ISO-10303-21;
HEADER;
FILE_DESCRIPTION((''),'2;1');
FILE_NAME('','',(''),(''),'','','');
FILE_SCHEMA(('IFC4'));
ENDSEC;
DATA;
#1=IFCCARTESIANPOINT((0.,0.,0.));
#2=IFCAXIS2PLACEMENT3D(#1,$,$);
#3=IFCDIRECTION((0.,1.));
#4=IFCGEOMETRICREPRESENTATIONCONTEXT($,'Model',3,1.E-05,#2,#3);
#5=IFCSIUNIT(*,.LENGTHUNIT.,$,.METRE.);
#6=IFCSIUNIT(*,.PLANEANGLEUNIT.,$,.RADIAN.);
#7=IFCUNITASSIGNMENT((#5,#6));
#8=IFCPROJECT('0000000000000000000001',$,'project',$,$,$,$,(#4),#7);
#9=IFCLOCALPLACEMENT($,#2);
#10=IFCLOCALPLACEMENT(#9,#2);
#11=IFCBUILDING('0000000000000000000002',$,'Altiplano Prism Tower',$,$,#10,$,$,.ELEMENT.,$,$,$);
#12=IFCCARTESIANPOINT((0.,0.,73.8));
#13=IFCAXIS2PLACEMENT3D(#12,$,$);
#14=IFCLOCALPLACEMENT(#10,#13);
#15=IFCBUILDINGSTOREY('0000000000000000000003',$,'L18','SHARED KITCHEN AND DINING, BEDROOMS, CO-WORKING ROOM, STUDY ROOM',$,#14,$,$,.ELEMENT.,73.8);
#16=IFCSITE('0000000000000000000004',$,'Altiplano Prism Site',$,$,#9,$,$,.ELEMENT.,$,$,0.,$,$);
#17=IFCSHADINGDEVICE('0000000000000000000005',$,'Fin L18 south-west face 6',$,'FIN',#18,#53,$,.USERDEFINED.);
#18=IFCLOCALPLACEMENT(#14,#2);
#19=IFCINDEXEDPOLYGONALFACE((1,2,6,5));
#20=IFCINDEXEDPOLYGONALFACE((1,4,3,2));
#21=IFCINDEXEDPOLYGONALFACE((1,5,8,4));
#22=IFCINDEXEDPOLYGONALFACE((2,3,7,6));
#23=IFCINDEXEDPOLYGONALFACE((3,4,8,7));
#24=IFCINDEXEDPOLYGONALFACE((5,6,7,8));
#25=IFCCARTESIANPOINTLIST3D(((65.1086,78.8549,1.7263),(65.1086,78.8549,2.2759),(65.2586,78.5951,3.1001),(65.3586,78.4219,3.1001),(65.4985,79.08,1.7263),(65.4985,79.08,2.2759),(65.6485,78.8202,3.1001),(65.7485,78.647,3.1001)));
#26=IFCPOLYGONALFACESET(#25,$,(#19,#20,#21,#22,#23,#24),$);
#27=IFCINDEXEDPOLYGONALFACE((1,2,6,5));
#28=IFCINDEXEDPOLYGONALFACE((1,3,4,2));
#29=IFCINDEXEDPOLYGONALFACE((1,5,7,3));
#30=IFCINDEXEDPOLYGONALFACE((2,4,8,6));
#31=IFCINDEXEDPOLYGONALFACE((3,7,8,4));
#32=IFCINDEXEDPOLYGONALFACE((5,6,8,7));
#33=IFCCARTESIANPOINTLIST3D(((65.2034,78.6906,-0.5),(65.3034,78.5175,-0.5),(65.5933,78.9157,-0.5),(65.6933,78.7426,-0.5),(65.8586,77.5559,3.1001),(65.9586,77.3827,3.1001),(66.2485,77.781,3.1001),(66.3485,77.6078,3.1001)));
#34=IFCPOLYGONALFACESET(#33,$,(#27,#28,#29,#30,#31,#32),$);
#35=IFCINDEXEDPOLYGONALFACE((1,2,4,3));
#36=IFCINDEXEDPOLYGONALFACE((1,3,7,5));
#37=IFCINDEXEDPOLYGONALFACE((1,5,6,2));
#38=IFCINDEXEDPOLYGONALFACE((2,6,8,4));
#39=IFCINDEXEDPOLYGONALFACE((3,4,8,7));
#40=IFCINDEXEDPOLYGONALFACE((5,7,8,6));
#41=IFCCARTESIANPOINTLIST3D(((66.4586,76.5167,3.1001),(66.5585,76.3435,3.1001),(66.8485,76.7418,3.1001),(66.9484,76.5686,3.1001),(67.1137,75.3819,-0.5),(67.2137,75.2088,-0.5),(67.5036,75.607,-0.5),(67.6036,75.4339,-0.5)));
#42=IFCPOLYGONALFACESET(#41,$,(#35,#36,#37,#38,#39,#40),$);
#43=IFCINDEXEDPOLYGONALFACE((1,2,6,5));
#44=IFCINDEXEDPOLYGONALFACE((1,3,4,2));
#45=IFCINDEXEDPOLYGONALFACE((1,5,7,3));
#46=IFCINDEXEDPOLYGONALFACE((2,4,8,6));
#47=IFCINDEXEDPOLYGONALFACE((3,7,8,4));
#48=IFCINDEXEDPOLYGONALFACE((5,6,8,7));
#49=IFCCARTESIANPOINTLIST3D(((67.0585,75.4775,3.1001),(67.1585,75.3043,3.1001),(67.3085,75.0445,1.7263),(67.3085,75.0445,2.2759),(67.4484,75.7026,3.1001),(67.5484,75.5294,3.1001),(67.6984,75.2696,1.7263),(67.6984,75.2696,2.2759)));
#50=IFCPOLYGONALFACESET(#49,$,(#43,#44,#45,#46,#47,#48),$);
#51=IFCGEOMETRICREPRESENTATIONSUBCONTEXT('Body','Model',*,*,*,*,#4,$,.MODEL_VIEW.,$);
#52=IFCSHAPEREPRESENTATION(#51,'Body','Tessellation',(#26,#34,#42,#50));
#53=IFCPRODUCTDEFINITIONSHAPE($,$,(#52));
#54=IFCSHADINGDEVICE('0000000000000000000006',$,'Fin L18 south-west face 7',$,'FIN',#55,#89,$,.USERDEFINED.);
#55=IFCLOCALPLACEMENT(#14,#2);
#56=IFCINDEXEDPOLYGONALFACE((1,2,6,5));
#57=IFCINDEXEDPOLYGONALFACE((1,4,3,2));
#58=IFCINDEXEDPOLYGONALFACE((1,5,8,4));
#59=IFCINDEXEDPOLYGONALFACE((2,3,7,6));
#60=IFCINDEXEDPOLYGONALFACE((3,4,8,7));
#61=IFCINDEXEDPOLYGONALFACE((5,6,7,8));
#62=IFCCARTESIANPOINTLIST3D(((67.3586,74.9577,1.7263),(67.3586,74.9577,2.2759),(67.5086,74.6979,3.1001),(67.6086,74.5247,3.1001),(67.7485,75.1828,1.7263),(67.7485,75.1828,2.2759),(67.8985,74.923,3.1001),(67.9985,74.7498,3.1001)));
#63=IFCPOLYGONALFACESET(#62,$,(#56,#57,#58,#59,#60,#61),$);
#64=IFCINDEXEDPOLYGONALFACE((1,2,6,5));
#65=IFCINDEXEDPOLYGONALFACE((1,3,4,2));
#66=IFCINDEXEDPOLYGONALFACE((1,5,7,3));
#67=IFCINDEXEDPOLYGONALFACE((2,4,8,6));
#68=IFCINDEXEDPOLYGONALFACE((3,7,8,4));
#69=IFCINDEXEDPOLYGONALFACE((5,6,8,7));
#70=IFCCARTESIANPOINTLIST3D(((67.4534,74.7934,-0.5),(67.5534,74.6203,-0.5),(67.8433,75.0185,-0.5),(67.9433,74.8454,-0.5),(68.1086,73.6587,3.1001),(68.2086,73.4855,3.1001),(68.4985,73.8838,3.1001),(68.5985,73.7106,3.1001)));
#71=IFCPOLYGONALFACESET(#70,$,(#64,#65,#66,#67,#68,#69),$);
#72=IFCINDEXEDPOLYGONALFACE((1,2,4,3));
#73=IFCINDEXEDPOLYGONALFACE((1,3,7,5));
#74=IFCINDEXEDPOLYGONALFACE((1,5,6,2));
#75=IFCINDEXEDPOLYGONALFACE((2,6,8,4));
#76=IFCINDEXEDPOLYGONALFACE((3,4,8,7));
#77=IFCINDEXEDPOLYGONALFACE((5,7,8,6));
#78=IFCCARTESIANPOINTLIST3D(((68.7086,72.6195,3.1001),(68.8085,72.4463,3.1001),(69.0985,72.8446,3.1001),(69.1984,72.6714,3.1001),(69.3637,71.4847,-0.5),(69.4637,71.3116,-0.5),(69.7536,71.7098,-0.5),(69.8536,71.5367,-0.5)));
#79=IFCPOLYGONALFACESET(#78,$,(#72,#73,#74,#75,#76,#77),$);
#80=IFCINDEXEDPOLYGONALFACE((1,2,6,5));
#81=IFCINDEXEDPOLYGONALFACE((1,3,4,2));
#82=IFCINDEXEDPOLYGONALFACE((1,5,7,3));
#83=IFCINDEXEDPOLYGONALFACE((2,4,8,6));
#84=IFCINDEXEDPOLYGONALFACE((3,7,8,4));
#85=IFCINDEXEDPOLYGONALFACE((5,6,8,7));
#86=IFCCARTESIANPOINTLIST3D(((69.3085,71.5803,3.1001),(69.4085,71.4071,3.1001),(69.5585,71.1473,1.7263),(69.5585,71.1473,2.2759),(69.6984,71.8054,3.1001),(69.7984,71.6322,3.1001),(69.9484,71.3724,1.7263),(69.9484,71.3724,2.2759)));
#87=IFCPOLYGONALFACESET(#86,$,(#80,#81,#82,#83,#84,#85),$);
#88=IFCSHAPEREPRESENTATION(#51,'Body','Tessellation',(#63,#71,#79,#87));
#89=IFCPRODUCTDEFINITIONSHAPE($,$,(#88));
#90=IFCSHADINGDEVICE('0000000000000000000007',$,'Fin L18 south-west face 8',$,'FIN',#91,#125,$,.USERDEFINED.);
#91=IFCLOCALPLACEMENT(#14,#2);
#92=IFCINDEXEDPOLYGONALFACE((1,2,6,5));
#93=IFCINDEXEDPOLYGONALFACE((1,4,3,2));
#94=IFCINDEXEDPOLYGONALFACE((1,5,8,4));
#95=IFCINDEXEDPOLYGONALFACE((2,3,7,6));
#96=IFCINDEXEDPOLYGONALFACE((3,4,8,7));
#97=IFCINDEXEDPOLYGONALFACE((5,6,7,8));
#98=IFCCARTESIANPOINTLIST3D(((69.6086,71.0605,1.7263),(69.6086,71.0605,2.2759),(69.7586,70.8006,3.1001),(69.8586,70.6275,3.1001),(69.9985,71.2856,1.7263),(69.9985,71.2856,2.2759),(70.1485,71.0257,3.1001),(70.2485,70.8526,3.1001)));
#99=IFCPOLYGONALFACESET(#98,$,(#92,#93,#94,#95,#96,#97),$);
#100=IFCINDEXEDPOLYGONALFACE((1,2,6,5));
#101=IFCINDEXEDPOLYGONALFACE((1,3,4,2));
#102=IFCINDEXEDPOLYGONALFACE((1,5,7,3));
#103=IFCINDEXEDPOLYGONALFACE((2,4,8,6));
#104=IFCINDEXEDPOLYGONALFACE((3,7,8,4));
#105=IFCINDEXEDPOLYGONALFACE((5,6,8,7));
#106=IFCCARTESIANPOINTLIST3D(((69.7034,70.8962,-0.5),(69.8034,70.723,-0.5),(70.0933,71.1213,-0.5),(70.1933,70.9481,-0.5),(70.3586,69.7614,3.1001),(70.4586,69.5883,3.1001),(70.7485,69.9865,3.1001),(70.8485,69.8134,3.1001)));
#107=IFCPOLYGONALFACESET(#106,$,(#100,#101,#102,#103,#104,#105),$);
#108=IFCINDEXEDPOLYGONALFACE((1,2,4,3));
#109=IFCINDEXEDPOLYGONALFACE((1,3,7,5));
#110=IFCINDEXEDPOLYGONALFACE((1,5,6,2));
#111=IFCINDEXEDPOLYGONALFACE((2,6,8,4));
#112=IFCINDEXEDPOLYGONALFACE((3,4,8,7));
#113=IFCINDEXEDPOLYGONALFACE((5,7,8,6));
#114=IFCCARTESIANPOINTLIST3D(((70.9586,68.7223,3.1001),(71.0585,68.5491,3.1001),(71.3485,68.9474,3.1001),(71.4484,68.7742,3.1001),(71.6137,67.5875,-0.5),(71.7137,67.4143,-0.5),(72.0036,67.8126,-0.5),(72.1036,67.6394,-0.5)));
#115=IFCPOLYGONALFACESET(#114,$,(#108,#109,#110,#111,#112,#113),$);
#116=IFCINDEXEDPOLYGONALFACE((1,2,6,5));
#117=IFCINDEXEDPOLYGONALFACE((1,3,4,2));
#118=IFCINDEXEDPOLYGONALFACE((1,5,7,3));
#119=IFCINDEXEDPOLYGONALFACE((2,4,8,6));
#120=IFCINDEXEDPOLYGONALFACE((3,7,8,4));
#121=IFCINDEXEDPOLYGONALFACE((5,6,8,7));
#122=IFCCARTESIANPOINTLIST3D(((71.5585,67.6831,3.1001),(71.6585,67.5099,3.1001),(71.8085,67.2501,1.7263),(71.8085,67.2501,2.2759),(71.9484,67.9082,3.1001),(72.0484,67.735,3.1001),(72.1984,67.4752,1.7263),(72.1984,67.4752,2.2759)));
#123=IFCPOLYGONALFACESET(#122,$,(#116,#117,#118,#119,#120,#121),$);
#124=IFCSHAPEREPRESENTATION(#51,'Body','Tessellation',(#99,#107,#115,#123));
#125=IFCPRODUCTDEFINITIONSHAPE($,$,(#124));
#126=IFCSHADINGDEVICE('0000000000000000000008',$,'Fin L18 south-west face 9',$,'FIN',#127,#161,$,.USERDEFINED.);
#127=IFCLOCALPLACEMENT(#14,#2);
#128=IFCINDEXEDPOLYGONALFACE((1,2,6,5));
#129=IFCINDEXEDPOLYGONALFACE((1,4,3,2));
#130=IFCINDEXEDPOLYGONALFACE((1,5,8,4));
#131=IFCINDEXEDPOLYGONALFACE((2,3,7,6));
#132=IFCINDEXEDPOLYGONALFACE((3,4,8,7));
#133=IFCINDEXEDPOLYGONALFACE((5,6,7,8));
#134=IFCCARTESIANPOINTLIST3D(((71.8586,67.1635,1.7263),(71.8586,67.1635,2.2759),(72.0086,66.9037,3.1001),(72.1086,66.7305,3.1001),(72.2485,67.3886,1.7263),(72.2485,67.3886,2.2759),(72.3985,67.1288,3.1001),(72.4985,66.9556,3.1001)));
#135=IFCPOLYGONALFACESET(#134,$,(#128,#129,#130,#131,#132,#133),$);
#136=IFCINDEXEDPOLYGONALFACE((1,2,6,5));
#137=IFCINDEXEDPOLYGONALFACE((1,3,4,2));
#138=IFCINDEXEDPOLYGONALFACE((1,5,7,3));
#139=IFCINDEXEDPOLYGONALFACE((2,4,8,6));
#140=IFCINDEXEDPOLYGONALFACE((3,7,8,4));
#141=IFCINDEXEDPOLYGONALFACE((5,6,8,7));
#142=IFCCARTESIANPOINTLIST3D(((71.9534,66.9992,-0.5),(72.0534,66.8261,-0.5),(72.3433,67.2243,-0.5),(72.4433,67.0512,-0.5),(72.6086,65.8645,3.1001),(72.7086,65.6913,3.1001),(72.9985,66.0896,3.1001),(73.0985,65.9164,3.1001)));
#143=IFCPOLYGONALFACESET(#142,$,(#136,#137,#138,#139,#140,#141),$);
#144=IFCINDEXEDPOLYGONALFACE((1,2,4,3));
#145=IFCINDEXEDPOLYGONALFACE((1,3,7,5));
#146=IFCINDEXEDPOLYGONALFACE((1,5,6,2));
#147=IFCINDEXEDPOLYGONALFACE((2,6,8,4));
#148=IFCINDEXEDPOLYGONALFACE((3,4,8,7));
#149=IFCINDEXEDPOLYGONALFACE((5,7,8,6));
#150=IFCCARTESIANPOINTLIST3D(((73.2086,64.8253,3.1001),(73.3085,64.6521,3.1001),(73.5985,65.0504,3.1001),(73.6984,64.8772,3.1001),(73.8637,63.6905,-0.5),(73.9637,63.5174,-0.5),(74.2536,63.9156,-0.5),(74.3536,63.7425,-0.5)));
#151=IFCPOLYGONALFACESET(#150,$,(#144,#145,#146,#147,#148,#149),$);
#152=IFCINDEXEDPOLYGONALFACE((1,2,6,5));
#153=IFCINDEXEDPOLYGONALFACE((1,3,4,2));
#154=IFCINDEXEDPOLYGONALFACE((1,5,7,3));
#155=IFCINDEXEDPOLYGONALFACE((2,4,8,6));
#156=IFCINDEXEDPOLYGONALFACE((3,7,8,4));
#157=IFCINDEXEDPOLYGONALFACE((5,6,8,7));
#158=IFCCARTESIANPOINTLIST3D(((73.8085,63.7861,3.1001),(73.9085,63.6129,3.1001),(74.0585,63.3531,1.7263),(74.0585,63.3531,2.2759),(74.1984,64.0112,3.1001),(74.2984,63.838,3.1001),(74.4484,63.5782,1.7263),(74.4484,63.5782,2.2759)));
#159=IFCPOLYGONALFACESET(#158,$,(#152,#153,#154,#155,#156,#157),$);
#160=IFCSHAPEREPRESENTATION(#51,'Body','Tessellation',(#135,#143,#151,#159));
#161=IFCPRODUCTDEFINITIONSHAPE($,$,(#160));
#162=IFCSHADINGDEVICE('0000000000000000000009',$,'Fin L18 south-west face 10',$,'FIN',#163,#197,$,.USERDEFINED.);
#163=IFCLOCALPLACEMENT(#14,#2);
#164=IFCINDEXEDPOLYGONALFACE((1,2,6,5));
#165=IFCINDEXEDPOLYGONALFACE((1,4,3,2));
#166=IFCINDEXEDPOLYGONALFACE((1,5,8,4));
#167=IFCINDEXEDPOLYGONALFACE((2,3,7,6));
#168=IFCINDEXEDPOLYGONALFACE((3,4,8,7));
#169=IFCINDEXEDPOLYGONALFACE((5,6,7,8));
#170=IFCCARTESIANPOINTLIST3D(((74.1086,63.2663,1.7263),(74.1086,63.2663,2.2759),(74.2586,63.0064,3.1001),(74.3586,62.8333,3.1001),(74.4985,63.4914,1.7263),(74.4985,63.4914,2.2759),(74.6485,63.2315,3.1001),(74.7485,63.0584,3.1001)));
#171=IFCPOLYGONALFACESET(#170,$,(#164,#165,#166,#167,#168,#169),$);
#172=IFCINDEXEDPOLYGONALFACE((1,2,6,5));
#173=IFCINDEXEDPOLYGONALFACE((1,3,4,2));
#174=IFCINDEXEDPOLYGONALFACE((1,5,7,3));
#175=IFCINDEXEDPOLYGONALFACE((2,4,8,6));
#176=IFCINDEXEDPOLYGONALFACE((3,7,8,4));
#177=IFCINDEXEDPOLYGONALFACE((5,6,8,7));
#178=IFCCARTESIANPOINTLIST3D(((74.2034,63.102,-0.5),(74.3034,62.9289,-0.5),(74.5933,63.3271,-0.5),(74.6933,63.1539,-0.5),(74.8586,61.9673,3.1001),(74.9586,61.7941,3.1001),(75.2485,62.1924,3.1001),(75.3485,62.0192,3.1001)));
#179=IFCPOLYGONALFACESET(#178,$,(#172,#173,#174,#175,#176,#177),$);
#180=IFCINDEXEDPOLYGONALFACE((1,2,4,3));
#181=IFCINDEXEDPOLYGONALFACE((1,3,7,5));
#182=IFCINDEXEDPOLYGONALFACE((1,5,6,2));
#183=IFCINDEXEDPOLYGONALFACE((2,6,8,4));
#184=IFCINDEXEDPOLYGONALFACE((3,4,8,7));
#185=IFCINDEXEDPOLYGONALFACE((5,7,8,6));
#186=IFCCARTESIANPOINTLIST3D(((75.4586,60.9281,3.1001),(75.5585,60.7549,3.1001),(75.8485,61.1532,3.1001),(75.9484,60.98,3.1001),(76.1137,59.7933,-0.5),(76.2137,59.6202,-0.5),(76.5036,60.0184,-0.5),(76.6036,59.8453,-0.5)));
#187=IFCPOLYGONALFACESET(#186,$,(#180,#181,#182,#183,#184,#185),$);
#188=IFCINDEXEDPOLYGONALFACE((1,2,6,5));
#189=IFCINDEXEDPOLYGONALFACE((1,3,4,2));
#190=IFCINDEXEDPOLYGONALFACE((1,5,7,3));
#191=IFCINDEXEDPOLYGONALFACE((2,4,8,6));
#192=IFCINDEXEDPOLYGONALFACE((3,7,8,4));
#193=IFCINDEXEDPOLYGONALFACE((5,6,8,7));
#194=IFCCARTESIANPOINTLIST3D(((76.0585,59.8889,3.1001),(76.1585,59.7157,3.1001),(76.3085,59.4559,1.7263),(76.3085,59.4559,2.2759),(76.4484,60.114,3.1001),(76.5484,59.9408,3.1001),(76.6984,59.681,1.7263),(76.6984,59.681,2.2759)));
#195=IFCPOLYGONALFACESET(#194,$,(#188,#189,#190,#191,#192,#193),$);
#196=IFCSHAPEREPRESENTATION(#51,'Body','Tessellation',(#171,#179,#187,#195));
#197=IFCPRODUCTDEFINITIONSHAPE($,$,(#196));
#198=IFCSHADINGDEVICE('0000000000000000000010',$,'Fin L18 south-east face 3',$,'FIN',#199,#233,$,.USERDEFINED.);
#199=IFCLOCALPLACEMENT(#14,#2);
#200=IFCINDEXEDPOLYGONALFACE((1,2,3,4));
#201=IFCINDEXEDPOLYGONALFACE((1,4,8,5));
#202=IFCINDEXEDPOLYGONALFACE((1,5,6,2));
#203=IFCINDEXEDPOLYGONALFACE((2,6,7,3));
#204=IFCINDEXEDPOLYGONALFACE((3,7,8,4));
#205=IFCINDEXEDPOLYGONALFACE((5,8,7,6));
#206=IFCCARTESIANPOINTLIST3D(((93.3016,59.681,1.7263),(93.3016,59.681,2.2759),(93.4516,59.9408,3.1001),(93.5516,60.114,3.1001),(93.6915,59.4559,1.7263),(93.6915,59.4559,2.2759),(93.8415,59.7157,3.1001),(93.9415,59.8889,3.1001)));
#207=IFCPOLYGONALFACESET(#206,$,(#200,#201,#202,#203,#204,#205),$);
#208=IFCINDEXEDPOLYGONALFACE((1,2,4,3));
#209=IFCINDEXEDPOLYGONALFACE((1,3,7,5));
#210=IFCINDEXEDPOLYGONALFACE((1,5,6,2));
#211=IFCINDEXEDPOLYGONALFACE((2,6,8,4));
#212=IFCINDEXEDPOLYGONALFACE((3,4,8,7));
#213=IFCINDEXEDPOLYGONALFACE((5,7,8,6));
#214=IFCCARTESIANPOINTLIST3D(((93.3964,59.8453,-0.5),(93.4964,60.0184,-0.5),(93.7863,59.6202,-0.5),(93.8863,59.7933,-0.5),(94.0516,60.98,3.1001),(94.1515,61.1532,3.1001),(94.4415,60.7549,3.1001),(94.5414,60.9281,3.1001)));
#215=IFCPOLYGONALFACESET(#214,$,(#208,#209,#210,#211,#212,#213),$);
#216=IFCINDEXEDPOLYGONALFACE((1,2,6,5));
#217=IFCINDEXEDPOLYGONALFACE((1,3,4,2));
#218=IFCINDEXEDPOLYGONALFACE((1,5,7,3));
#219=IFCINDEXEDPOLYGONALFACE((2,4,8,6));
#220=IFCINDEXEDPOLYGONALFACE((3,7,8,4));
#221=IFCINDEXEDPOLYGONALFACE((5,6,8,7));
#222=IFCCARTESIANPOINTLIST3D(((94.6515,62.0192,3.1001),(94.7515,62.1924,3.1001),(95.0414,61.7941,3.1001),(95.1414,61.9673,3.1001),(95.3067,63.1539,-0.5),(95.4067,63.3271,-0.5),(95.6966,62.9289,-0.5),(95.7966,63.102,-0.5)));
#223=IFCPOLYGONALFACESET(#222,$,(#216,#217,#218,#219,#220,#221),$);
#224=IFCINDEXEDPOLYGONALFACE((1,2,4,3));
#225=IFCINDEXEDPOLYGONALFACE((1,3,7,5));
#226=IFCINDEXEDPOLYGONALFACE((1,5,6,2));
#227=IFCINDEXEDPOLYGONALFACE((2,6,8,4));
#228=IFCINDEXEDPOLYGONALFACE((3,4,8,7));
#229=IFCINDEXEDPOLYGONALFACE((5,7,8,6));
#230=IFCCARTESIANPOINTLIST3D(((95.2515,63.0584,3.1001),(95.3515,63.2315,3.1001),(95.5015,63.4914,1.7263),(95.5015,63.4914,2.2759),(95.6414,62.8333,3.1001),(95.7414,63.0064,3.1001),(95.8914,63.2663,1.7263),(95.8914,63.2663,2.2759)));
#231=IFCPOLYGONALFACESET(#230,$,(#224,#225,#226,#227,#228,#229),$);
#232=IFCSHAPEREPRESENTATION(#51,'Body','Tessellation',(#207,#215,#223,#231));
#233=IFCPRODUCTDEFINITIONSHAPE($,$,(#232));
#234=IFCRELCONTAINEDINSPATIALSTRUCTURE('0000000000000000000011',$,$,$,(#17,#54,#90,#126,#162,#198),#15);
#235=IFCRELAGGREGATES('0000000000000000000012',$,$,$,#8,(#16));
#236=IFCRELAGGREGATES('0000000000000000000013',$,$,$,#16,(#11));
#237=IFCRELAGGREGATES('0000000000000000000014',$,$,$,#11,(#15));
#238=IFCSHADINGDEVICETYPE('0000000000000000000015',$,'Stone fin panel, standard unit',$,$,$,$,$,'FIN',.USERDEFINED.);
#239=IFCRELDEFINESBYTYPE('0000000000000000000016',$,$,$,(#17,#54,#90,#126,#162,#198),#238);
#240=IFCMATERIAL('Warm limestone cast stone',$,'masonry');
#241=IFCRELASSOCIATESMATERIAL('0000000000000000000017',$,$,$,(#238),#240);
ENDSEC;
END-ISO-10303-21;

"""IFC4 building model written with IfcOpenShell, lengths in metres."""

from ifc_helpers import new_model, si_unit, direction, frame, origin, place, context, subcontext, project, spatial, polyline, outline, extrude, source, transform, mapped, material, type_object, element, save


model = new_model("IFC4")

# Units and contexts
model_context = context("Model", 3, precision=1e-05, world=origin(), true_north=direction((0.0, 1.0)))
body_context = subcontext(model_context, "Body", "Model", "MODEL_VIEW")
ifc_project = project(units=[si_unit("LENGTHUNIT", "METRE"), si_unit("PLANEANGLEUNIT", "RADIAN")], contexts=[model_context])

# Site, building, storey
site_placement = place(None, origin())
site = spatial("IfcSite", under=ifc_project, at=site_placement, Name="Altiplano Prism Site", CompositionType="ELEMENT", RefElevation=0.0)
building_placement = place(site_placement, origin())
building = spatial("IfcBuilding", under=site, at=building_placement, Name="Altiplano Prism Tower", CompositionType="ELEMENT")
storey_placement = place(building_placement, frame((0.0, 0.0, 73.8)))
storey = spatial("IfcBuildingStorey", under=building, at=storey_placement, Name="L18", Description="SHARED KITCHEN AND DINING, BEDROOMS, CO-WORKING ROOM, STUDY ROOM", CompositionType="ELEMENT", Elevation=73.8)

# Shading devices
ifc_material_1 = material(Name="Warm limestone cast stone", Category="masonry")
shading_device_type_1 = type_object("IfcShadingDeviceType", Name="Stone fin panel, standard unit", ElementType="FIN", PredefinedType="USERDEFINED", material=ifc_material_1)
shared_shape_1 = source(origin(), body_context, "Body", "SweptSolid", [
    extrude(outline(polyline([(-2.2, 2.2263), (-1.7, 3.6001), (-1.8999, 3.6001), (-2.2, 2.7759), (-2.2, 2.2263)])), frame((0.0, -0.1499, 0.0), z_axis=(0.0, -1.0, 0.0), x_axis=(1.0, 0.0, 0.0)), (0.0, 0.0, 1.0), 0.4502),
    extrude(outline(polyline([(-2.0103, 0.0), (-1.8103, 0.0), (-0.5, 3.6001), (-0.7, 3.6001), (-2.0103, 0.0)])), frame((0.0, -0.1499, 0.0), z_axis=(0.0, -1.0, 0.0), x_axis=(1.0, 0.0, 0.0)), (0.0, 0.0, 1.0), 0.4502),
    extrude(outline(polyline([(1.8103, 0.0), (2.0103, 0.0), (0.7, 3.6001), (0.5, 3.6001), (1.8103, 0.0)])), frame((0.0, -0.1499, 0.0), z_axis=(0.0, -1.0, 0.0), x_axis=(1.0, 0.0, 0.0)), (0.0, 0.0, 1.0), 0.4502),
    extrude(outline(polyline([(2.2, 2.7759), (1.8999, 3.6001), (1.7, 3.6001), (2.2, 2.2263), (2.2, 2.7759)])), frame((0.0, -0.1499, 0.0), z_axis=(0.0, -1.0, 0.0), x_axis=(1.0, 0.0, 0.0)), (0.0, 0.0, 1.0), 0.4502),
])
shading_device_1_placement = place(storey_placement, origin())
element("IfcShadingDevice", 1, at=shading_device_1_placement, inside=storey, type_object=shading_device_type_1, Name="Fin L18 south-west face 6", ObjectType="FIN", PredefinedType="USERDEFINED", context=body_context, shape_type="MappedRepresentation", body=[
    mapped(shared_shape_1, transform((66.7283, 77.2498, -0.5), x_axis=(0.5, -0.866025, 0.0), y_axis=(0.866025, 0.5, 0.0), z_axis=(0.0, 0.0, 1.0))),
])
shading_device_2_placement = place(storey_placement, origin())
element("IfcShadingDevice", 2, at=shading_device_2_placement, inside=storey, type_object=shading_device_type_1, Name="Fin L18 south-west face 7", ObjectType="FIN", PredefinedType="USERDEFINED", context=body_context, shape_type="MappedRepresentation", body=[
    mapped(shared_shape_1, transform((68.9783, 73.3525, -0.5), x_axis=(0.5, -0.866025, 0.0), y_axis=(0.866025, 0.5, 0.0), z_axis=(0.0, 0.0, 1.0))),
])
shading_device_3_placement = place(storey_placement, origin())
element("IfcShadingDevice", 3, at=shading_device_3_placement, inside=storey, type_object=shading_device_type_1, Name="Fin L18 south-west face 8", ObjectType="FIN", PredefinedType="USERDEFINED", context=body_context, shape_type="MappedRepresentation", body=[
    mapped(shared_shape_1, transform((71.2283, 69.4553, -0.5), x_axis=(0.5, -0.866025, 0.0), y_axis=(0.866025, 0.5, 0.0), z_axis=(0.0, 0.0, 1.0))),
])
shading_device_4_placement = place(storey_placement, origin())
element("IfcShadingDevice", 4, at=shading_device_4_placement, inside=storey, type_object=shading_device_type_1, Name="Fin L18 south-west face 9", ObjectType="FIN", PredefinedType="USERDEFINED", context=body_context, shape_type="MappedRepresentation", body=[
    mapped(shared_shape_1, transform((73.4783, 65.5583, -0.5), x_axis=(0.5, -0.866025, 0.0), y_axis=(0.866025, 0.5, 0.0), z_axis=(0.0, 0.0, 1.0))),
])
shading_device_5_placement = place(storey_placement, origin())
element("IfcShadingDevice", 5, at=shading_device_5_placement, inside=storey, type_object=shading_device_type_1, Name="Fin L18 south-west face 10", ObjectType="FIN", PredefinedType="USERDEFINED", context=body_context, shape_type="MappedRepresentation", body=[
    mapped(shared_shape_1, transform((75.7283, 61.6611, -0.5), x_axis=(0.5, -0.866025, 0.0), y_axis=(0.866025, 0.5, 0.0), z_axis=(0.0, 0.0, 1.0))),
])
shading_device_6_placement = place(storey_placement, origin())
element("IfcShadingDevice", 6, at=shading_device_6_placement, inside=storey, type_object=shading_device_type_1, Name="Fin L18 south-east face 3", ObjectType="FIN", PredefinedType="USERDEFINED", context=body_context, shape_type="MappedRepresentation", body=[
    mapped(shared_shape_1, transform((94.2717, 61.6611, -0.5), x_axis=(0.5, 0.866025, 0.0), y_axis=(-0.866025, 0.5, 0.0), z_axis=(0.0, 0.0, 1.0))),
])

save(model, "model.ifc")
